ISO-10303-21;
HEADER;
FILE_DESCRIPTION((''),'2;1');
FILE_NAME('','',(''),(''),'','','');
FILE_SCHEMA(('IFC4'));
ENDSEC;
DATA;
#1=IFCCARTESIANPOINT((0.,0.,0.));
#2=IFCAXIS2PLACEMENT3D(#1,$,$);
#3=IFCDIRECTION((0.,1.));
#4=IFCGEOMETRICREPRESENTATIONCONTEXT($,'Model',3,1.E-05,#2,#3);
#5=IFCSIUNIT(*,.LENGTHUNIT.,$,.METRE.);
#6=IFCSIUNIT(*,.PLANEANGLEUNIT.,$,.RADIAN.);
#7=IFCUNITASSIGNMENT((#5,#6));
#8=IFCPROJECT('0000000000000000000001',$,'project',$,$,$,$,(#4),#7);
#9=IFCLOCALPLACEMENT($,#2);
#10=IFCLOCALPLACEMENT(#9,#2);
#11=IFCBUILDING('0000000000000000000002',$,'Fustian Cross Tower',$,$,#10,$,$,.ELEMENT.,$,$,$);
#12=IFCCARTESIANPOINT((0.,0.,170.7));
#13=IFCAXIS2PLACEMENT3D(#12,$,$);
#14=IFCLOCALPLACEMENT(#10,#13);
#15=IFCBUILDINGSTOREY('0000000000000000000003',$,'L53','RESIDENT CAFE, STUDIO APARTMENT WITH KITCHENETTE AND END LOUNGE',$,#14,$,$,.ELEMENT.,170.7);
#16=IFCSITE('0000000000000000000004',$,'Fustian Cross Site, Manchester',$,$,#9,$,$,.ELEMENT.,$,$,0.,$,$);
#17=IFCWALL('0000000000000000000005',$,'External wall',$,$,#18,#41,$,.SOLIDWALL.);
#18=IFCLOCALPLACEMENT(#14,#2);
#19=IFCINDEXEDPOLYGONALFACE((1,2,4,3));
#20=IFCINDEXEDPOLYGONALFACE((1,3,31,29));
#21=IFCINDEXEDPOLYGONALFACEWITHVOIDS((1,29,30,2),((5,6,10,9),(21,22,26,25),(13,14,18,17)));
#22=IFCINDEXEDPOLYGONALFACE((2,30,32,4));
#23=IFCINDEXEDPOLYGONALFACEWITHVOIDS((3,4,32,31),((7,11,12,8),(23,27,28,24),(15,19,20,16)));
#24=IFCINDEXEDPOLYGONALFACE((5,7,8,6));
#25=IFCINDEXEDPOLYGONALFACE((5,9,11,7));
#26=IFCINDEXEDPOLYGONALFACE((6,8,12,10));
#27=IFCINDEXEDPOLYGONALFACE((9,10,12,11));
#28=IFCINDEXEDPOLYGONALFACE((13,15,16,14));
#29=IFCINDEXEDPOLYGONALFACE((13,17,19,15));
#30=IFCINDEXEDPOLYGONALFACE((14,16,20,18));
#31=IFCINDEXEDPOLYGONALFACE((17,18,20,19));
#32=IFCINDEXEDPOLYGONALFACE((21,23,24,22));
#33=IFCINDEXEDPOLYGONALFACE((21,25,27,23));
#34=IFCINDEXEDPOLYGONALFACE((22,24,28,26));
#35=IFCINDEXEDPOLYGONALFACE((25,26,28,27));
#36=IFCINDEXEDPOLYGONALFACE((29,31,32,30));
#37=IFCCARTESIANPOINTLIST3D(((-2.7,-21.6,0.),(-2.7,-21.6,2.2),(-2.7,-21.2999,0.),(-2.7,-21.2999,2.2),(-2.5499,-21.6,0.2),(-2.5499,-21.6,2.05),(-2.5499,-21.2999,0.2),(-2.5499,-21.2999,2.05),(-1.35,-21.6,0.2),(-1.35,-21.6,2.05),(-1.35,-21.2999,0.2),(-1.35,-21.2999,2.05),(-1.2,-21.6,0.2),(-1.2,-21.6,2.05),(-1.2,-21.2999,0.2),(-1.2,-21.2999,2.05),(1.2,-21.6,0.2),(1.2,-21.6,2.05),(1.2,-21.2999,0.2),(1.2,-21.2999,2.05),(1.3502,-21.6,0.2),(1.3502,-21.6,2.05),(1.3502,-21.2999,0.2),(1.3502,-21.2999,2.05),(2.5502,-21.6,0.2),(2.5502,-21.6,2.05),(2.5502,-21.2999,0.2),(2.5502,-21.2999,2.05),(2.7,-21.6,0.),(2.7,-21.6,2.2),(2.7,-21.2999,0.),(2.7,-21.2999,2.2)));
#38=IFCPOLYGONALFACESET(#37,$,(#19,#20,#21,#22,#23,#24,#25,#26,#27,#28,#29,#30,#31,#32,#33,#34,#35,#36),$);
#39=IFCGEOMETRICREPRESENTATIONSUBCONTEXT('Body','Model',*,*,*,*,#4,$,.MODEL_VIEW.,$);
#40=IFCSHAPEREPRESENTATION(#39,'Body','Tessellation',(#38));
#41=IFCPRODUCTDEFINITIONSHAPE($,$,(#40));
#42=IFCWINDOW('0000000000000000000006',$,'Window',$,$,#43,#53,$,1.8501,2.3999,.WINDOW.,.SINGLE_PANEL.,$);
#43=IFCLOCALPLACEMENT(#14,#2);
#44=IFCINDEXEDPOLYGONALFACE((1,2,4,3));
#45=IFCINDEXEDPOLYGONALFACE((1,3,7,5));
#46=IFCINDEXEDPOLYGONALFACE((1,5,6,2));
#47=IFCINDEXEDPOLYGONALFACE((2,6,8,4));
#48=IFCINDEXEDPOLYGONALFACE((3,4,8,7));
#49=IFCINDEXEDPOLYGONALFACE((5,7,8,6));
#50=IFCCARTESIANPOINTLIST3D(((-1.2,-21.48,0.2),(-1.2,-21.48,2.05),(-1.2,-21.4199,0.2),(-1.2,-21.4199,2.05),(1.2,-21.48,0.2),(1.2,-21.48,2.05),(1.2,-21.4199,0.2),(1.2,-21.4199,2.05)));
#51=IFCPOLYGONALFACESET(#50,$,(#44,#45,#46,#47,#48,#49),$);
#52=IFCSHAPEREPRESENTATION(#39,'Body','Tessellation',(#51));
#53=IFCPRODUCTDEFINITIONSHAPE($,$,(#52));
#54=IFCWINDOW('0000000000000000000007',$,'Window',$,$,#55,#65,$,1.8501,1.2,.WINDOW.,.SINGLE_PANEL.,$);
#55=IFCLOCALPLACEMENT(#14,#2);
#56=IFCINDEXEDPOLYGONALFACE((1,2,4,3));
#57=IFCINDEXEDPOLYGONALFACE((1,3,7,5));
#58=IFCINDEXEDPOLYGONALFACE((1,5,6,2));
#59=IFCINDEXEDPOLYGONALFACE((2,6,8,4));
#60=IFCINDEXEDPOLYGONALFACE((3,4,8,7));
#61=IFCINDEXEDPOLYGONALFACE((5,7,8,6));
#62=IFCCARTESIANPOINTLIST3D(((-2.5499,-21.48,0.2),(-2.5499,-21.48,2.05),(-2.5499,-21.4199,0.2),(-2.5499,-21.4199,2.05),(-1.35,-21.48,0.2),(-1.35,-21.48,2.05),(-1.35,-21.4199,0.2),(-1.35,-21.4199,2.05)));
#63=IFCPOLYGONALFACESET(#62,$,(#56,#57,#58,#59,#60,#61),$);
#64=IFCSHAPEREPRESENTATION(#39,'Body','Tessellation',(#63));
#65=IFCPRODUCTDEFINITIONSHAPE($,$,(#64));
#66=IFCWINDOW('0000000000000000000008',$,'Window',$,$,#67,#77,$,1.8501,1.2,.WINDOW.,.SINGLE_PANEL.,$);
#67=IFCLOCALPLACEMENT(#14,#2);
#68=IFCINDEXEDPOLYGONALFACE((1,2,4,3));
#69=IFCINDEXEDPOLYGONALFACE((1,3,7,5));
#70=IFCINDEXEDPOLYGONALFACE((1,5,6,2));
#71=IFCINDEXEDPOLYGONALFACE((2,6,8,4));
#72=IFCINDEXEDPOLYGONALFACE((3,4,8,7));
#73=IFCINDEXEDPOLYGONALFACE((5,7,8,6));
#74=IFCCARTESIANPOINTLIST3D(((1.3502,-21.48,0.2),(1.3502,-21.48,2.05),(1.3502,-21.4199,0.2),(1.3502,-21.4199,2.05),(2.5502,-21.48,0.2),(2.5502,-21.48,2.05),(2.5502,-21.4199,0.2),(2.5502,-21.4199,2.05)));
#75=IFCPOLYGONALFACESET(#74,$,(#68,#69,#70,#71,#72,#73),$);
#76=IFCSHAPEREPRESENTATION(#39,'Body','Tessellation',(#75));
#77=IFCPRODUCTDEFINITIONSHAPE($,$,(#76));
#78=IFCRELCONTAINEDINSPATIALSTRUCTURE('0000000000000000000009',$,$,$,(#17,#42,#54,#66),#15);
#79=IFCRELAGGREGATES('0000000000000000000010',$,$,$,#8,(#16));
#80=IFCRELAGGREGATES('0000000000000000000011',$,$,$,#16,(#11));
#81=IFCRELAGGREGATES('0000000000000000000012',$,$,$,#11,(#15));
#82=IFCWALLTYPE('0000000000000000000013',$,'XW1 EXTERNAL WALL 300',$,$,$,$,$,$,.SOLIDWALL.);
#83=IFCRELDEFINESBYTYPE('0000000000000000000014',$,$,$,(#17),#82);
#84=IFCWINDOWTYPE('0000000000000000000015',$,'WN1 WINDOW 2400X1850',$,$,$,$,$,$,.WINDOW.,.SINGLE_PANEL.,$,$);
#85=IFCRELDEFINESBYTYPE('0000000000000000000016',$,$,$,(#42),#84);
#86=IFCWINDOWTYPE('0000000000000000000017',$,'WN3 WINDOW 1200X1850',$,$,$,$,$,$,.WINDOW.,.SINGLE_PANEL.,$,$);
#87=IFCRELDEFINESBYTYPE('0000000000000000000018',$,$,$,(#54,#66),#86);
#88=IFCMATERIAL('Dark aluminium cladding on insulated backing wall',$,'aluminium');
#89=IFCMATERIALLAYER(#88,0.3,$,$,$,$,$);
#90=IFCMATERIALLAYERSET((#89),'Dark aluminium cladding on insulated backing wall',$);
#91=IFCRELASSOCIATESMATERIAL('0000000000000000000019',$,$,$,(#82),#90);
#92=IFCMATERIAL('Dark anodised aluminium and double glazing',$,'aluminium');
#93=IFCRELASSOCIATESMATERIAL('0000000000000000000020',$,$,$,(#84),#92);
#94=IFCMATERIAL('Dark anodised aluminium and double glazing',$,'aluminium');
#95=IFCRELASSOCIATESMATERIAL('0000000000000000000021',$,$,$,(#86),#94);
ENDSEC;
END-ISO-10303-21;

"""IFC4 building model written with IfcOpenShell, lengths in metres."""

from ifc_helpers import new_model, si_unit, direction, frame, frame_2d, origin, place, context, subcontext, project, spatial, rectangle, extrude, material, layer, layer_set, type_object, element, fill, save


model = new_model("IFC4")

# Units and contexts
model_context = context("Model", 3, precision=1e-05, world=origin(), true_north=direction((0.0, 1.0)))
body_context = subcontext(model_context, "Body", "Model", "MODEL_VIEW")
ifc_project = project(units=[si_unit("LENGTHUNIT", "METRE"), si_unit("PLANEANGLEUNIT", "RADIAN")], contexts=[model_context])

# Site, building, storey
site_placement = place(None, origin())
site = spatial("IfcSite", under=ifc_project, at=site_placement, Name="Fustian Cross Site, Manchester", CompositionType="ELEMENT", RefElevation=0.0)
building_placement = place(site_placement, origin())
building = spatial("IfcBuilding", under=site, at=building_placement, Name="Fustian Cross Tower", CompositionType="ELEMENT")
storey_placement = place(building_placement, frame((0.0, 0.0, 170.7)))
storey = spatial("IfcBuildingStorey", under=building, at=storey_placement, Name="L53", Description="RESIDENT CAFE, STUDIO APARTMENT WITH KITCHENETTE AND END LOUNGE", CompositionType="ELEMENT", Elevation=170.7)

# Shared definitions
ifc_material_1 = material(Name="Dark aluminium cladding on insulated backing wall", Category="aluminium")
ifc_layer_1 = layer(ifc_material_1, 0.3)
ifc_layer_set_1 = layer_set([ifc_layer_1], Name="Dark aluminium cladding on insulated backing wall")
wall_type_1 = type_object("IfcWallType", Name="XW1 EXTERNAL WALL 300", PredefinedType="SOLIDWALL", material=ifc_layer_set_1)

# Wall, openings, windows
wall_1_placement = place(storey_placement, frame((-2.7, -21.45, 0.0), z_axis=(0.0, 0.0, 1.0), x_axis=(1.0, 0.0, 0.0)))
wall_1 = element("IfcWall", 1, at=wall_1_placement, inside=storey, type_object=wall_type_1, Name="External wall", PredefinedType="SOLIDWALL", context=body_context, shape_type="SweptSolid", body=[
    extrude(rectangle(XDim=5.3999, YDim=0.3, at=frame_2d((2.7, 0.0))), origin(), (0.0, 0.0, 1.0), 2.2),
])
opening_1_placement = place(wall_1_placement, frame((1.5, 0.0, 0.2)))
opening_1 = element("IfcOpeningElement", 2, at=opening_1_placement, cuts=wall_1, PredefinedType="OPENING", context=body_context, shape_type="SweptSolid", body=[
    extrude(rectangle(XDim=2.3999, YDim=1.8501, at=frame_2d((1.2, 0.925))), frame((0.0, 0.1599, 0.0), z_axis=(0.0, -1.0, 0.0), x_axis=(1.0, 0.0, 0.0)), (0.0, 0.0, 1.0), 0.3201),
])
opening_2_placement = place(wall_1_placement, frame((0.1499, 0.0, 0.2)))
opening_2 = element("IfcOpeningElement", 3, at=opening_2_placement, cuts=wall_1, PredefinedType="OPENING", context=body_context, shape_type="SweptSolid", body=[
    extrude(rectangle(XDim=1.2, YDim=1.8501, at=frame_2d((0.6001, 0.925))), frame((0.0, 0.1599, 0.0), z_axis=(0.0, -1.0, 0.0), x_axis=(1.0, 0.0, 0.0)), (0.0, 0.0, 1.0), 0.3201),
])
opening_3_placement = place(wall_1_placement, frame((4.05, 0.0, 0.2)))
opening_3 = element("IfcOpeningElement", 4, at=opening_3_placement, cuts=wall_1, PredefinedType="OPENING", context=body_context, shape_type="SweptSolid", body=[
    extrude(rectangle(XDim=1.2, YDim=1.8501, at=frame_2d((0.6001, 0.925))), frame((0.0, 0.1599, 0.0), z_axis=(0.0, -1.0, 0.0), x_axis=(1.0, 0.0, 0.0)), (0.0, 0.0, 1.0), 0.3201),
])
ifc_material_2 = material(Name="Dark anodised aluminium and double glazing", Category="aluminium")
window_type_1 = type_object("IfcWindowType", Name="WN1 WINDOW 2400X1850", PartitioningType="SINGLE_PANEL", PredefinedType="WINDOW", material=ifc_material_2)
window_1_placement = place(opening_1_placement, origin())
window_1 = element("IfcWindow", 5, at=window_1_placement, inside=storey, type_object=window_type_1, Name="Window", OverallHeight=1.8501, OverallWidth=2.3999, PartitioningType="SINGLE_PANEL", PredefinedType="WINDOW", context=body_context, shape_type="SweptSolid", body=[
    extrude(rectangle(XDim=2.3999, YDim=1.8501, at=frame_2d((1.2, 0.925))), frame((0.0, 0.03, 0.0), z_axis=(0.0, -1.0, 0.0), x_axis=(1.0, 0.0, 0.0)), (0.0, 0.0, 1.0), 0.0601),
])
fill(opening_1, window_1)
ifc_material_3 = material(Name="Dark anodised aluminium and double glazing", Category="aluminium")
window_type_2 = type_object("IfcWindowType", Name="WN3 WINDOW 1200X1850", PartitioningType="SINGLE_PANEL", PredefinedType="WINDOW", material=ifc_material_3)
window_2_placement = place(opening_2_placement, origin())
window_2 = element("IfcWindow", 6, at=window_2_placement, inside=storey, type_object=window_type_2, Name="Window", OverallHeight=1.8501, OverallWidth=1.2, PartitioningType="SINGLE_PANEL", PredefinedType="WINDOW", context=body_context, shape_type="SweptSolid", body=[
    extrude(rectangle(XDim=1.2, YDim=1.8501, at=frame_2d((0.6001, 0.925))), frame((0.0, 0.03, 0.0), z_axis=(0.0, -1.0, 0.0), x_axis=(1.0, 0.0, 0.0)), (0.0, 0.0, 1.0), 0.0601),
])
fill(opening_2, window_2)
window_3_placement = place(opening_3_placement, origin())
window_3 = element("IfcWindow", 7, at=window_3_placement, inside=storey, type_object=window_type_2, Name="Window", OverallHeight=1.8501, OverallWidth=1.2, PartitioningType="SINGLE_PANEL", PredefinedType="WINDOW", context=body_context, shape_type="SweptSolid", body=[
    extrude(rectangle(XDim=1.2, YDim=1.8501, at=frame_2d((0.6001, 0.925))), frame((0.0, 0.03, 0.0), z_axis=(0.0, -1.0, 0.0), x_axis=(1.0, 0.0, 0.0)), (0.0, 0.0, 1.0), 0.0601),
])
fill(opening_3, window_3)

save(model, "model.ifc")
